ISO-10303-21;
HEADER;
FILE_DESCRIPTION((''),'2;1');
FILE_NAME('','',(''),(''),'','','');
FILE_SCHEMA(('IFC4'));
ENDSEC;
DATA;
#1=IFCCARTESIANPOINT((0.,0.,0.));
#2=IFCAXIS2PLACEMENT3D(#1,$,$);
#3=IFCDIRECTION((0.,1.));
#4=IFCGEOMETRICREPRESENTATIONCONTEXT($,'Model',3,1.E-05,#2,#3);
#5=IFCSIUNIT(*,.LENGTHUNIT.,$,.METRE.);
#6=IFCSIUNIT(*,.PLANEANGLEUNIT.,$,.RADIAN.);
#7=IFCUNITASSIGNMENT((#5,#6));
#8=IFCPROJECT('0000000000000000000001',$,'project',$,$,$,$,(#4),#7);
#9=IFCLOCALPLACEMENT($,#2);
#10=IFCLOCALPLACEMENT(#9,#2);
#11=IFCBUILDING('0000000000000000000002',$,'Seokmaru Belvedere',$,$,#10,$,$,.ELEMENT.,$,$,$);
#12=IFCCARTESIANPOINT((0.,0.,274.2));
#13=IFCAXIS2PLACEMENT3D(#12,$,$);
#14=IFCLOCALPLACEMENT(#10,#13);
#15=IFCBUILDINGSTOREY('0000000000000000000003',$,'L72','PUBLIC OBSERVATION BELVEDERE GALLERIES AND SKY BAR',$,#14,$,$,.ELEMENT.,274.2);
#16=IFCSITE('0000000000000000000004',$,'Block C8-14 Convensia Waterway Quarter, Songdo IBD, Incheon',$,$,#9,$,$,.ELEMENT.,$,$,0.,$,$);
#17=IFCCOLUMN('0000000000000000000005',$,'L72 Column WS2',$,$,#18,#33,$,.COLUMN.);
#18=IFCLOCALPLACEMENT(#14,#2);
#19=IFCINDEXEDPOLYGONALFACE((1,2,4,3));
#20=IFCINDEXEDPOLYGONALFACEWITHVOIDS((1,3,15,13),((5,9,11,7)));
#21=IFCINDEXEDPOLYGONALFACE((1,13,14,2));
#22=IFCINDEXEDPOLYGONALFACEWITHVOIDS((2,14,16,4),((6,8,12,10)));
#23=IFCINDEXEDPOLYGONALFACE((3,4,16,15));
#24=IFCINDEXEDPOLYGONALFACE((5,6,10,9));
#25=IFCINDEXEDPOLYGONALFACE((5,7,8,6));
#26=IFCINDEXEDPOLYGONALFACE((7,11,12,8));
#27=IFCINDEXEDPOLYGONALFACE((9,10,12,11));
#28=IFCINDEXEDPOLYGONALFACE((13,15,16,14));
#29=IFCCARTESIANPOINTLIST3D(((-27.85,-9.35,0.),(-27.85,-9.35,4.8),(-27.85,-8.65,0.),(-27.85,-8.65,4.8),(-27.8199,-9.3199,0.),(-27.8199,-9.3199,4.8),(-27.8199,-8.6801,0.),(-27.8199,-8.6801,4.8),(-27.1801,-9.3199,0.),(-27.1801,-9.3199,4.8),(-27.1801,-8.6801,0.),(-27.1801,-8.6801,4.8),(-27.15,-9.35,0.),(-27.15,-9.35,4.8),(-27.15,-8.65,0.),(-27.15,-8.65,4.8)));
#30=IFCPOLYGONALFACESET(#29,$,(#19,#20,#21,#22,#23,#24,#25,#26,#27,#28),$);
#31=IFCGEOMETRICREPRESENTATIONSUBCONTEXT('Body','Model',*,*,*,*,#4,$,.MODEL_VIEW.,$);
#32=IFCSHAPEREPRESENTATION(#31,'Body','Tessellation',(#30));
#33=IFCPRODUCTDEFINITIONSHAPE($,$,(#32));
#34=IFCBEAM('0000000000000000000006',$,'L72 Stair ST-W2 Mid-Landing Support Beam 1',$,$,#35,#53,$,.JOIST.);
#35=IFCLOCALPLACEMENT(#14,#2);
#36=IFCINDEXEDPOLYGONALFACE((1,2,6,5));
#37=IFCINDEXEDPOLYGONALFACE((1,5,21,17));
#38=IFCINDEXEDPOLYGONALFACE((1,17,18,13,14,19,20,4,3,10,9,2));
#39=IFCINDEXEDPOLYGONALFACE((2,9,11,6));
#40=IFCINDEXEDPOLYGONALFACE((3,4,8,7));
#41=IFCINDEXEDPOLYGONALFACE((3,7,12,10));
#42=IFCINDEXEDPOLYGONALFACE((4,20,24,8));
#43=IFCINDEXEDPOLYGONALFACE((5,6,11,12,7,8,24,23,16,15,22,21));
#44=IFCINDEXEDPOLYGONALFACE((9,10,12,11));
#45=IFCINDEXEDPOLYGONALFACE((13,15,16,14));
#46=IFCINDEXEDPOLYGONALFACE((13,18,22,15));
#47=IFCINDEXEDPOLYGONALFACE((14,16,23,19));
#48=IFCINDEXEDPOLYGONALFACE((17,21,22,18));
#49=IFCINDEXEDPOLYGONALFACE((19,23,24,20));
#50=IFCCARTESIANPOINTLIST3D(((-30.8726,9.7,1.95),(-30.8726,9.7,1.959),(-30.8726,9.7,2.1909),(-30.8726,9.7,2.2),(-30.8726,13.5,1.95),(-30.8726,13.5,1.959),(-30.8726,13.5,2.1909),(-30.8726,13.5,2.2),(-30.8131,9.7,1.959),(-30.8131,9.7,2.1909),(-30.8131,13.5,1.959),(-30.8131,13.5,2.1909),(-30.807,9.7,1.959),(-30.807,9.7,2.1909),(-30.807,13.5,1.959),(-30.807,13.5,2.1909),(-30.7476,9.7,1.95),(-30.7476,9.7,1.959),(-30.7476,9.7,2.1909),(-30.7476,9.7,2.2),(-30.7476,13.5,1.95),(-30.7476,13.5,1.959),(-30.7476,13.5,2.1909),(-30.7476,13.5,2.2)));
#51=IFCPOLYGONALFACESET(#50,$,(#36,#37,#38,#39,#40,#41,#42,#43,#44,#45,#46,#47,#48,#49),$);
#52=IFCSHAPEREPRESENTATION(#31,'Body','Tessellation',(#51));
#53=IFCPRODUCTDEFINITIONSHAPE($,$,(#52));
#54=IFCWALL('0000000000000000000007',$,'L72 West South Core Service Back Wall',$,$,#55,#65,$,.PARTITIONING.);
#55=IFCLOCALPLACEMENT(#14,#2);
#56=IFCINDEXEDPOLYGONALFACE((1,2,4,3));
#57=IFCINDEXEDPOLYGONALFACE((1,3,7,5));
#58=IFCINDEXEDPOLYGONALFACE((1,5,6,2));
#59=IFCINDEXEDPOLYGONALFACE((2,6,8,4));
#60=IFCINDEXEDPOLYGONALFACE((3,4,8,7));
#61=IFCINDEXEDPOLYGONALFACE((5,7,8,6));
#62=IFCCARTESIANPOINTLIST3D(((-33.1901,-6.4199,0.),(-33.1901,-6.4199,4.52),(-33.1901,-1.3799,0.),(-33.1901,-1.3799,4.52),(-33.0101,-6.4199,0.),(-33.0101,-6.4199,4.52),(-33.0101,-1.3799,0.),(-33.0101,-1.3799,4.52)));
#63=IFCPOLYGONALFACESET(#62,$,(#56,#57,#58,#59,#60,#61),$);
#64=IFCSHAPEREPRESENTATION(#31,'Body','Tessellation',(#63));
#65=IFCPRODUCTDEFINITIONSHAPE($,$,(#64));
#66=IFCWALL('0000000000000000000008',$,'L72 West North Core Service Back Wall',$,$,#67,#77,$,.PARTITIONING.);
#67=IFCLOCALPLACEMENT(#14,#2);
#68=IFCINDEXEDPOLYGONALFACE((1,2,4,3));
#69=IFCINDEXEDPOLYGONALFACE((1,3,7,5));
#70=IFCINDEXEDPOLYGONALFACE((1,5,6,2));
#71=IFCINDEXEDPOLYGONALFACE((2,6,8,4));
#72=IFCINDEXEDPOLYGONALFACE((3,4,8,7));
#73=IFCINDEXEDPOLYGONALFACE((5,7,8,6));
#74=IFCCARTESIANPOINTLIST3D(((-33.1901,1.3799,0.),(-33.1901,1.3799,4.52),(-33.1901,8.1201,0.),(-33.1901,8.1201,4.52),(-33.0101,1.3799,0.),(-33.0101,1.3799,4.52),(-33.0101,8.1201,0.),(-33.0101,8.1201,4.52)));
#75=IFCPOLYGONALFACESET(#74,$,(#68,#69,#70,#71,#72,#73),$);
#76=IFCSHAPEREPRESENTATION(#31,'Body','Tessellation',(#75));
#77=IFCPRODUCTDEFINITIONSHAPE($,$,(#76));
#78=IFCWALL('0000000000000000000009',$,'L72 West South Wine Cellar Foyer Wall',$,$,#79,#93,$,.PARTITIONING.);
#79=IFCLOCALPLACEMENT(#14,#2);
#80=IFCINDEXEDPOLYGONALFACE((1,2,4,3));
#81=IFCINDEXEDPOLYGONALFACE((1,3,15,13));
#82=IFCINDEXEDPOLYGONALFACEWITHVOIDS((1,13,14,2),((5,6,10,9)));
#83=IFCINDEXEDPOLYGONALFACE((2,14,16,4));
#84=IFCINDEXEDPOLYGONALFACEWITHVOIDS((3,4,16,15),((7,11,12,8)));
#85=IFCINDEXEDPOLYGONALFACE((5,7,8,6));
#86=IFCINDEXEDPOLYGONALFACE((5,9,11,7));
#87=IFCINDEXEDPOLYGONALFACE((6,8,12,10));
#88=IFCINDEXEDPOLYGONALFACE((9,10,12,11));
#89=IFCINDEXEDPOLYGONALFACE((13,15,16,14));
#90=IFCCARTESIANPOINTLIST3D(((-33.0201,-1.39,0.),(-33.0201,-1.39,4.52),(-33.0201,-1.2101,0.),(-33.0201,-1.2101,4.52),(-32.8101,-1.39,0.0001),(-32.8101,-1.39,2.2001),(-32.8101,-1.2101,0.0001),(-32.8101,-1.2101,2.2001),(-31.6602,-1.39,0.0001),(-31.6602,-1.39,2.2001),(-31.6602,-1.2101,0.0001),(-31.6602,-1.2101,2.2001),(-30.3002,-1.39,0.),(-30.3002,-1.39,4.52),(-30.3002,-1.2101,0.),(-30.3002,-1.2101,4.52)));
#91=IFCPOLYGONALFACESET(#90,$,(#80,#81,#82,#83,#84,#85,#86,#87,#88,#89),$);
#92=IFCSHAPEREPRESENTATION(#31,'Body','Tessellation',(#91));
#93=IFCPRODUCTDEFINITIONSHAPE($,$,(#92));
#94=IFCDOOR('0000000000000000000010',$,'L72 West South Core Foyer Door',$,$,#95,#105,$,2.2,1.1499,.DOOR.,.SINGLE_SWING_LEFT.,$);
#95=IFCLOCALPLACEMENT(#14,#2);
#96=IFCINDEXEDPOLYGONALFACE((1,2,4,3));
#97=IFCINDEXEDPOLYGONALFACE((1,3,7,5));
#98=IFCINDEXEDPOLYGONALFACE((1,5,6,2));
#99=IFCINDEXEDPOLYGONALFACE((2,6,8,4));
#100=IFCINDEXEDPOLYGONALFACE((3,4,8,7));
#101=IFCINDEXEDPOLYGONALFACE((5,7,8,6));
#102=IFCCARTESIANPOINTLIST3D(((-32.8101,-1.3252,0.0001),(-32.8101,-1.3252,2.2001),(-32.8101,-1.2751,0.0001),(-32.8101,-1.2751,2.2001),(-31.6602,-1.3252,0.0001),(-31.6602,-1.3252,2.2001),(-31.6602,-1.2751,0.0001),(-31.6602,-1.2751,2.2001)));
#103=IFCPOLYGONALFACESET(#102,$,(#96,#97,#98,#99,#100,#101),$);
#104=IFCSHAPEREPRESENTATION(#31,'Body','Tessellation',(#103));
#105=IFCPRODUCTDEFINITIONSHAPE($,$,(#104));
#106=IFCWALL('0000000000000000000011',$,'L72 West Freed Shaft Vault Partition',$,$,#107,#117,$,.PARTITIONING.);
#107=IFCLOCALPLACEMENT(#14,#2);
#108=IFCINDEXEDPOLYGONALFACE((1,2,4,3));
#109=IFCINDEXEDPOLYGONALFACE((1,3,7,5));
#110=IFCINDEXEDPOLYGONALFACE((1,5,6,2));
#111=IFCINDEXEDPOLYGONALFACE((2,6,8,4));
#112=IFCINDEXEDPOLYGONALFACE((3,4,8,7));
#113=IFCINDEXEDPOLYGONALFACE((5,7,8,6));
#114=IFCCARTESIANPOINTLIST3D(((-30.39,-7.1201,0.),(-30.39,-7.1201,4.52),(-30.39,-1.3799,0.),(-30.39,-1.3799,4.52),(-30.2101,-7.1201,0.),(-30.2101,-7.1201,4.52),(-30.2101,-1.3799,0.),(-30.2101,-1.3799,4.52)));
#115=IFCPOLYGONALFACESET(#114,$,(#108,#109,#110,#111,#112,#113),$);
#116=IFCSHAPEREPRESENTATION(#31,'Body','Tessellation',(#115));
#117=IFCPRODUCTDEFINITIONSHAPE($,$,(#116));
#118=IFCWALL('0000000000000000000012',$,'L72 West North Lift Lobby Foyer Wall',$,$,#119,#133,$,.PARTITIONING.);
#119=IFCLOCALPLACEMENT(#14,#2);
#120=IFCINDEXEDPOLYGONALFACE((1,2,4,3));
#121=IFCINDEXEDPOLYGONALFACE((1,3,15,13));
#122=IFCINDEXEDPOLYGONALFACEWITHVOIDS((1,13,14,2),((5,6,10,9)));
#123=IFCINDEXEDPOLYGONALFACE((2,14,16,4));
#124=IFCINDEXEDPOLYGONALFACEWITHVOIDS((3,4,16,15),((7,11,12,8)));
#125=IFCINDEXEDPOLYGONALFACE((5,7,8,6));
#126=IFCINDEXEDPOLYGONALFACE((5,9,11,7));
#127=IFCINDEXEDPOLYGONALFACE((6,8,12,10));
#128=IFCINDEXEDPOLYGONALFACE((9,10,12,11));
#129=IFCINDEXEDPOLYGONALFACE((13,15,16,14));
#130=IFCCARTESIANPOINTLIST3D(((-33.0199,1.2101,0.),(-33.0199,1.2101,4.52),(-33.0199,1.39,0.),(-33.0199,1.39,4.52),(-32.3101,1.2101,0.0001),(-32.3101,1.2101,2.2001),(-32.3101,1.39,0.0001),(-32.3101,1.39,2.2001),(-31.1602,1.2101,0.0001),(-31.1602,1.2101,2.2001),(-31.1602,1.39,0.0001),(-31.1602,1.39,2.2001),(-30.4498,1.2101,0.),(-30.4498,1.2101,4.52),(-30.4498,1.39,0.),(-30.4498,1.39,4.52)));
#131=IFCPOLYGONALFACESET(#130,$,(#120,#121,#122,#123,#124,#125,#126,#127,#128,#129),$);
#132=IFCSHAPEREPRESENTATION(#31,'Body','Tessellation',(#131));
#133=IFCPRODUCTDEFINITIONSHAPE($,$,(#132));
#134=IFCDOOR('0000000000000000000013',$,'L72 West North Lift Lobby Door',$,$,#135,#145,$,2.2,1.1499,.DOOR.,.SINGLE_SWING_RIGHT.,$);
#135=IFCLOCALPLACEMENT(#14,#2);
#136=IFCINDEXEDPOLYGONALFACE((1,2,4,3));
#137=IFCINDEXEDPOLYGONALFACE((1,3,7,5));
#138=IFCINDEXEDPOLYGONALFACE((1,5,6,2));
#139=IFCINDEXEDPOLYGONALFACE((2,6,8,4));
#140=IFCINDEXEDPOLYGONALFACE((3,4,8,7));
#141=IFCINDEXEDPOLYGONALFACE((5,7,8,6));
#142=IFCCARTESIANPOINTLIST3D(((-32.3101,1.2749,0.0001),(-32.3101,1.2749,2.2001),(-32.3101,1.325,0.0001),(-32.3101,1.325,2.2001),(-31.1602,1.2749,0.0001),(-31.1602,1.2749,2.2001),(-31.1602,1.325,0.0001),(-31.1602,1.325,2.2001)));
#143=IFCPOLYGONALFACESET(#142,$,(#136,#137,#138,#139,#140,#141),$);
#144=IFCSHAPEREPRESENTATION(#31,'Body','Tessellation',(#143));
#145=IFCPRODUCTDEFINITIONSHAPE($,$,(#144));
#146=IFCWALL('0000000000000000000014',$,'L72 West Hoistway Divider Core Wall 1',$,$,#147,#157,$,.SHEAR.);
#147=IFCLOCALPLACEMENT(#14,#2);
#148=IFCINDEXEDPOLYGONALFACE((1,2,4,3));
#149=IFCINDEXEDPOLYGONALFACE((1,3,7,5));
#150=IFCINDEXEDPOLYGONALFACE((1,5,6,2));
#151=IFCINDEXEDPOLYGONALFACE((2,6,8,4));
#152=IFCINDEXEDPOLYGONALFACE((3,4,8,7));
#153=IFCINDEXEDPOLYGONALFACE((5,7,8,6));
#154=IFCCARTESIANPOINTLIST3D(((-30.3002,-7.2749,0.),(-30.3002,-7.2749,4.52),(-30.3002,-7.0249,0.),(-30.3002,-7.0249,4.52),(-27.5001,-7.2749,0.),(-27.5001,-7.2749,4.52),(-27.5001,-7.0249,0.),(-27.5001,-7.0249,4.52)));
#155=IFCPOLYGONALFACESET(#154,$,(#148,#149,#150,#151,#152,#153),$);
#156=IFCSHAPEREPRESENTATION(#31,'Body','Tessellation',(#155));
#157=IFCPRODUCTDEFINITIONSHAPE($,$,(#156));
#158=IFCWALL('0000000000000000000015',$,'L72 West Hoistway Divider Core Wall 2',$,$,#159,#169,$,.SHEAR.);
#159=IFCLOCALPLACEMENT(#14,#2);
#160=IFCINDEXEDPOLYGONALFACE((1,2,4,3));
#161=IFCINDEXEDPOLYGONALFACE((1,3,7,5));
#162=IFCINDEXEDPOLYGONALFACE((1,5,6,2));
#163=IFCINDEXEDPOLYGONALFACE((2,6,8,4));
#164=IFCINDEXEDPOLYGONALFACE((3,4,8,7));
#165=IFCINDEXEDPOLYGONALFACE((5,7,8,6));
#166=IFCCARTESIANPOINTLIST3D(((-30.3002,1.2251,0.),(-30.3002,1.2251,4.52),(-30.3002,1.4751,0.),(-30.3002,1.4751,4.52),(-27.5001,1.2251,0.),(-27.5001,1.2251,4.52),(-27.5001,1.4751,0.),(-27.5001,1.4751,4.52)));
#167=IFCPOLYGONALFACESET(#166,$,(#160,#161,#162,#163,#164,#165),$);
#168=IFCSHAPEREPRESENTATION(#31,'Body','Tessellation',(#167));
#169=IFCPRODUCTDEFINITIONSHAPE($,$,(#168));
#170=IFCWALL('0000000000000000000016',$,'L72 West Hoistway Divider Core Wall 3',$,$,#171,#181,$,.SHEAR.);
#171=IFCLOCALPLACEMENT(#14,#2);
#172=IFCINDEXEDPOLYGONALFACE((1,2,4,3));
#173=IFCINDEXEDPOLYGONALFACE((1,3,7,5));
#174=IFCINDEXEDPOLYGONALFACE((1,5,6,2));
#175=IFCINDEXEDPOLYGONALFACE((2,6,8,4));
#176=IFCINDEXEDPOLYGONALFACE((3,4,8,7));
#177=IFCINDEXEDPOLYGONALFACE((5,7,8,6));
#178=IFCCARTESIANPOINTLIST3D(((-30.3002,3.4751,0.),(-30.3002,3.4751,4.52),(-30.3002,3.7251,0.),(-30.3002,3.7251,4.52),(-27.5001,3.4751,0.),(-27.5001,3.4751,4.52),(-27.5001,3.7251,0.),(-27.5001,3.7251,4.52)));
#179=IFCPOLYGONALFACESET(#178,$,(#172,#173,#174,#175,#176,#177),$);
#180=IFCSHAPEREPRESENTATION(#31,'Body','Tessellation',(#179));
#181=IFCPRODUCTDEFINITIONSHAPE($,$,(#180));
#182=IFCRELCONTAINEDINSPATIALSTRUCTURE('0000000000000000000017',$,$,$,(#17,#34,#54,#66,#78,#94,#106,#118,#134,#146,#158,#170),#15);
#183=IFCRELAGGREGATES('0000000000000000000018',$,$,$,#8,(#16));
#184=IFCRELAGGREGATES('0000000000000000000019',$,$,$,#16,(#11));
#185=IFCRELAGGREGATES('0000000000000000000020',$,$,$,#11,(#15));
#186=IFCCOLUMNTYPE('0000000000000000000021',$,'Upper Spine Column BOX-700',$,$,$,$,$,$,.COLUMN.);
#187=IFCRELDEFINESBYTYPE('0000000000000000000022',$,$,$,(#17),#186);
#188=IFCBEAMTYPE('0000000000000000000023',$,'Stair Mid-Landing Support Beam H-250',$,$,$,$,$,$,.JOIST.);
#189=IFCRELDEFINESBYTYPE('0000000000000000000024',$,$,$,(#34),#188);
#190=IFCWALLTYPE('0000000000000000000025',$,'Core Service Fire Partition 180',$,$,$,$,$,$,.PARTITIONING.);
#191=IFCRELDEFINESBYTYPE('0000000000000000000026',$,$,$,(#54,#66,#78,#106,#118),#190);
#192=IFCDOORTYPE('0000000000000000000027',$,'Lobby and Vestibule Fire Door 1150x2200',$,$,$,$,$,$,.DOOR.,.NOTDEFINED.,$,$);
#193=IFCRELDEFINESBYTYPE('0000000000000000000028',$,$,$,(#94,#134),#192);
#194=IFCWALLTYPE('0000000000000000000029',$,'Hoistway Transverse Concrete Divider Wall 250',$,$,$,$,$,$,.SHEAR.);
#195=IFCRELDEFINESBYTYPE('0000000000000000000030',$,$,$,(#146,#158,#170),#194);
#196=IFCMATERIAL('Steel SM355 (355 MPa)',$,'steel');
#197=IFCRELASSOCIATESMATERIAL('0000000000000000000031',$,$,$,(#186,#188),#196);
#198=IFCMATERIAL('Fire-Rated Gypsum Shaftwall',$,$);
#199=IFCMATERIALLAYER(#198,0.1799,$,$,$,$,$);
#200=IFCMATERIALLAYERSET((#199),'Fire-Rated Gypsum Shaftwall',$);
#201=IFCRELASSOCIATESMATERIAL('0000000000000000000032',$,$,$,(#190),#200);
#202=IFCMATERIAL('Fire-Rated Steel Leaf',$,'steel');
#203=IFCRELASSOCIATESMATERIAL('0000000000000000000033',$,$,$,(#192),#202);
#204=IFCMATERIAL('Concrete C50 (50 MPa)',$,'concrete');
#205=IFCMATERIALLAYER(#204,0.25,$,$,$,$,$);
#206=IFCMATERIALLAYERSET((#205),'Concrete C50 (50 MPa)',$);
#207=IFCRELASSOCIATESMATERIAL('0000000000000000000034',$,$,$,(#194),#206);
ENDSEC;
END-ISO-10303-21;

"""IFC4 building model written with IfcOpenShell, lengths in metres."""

from ifc_helpers import new_model, si_unit, direction, frame, frame_2d, origin, origin_2d, place, context, subcontext, project, spatial, rectangle, hollow_rectangle, i_section, extrude, source, transform, mapped, material, layer, layer_set, material_profile, profile_set, type_object, type_shapes, element, fill, save


model = new_model("IFC4")

# Units and contexts
model_context = context("Model", 3, precision=1e-05, world=origin(), true_north=direction((0.0, 1.0)))
body_context = subcontext(model_context, "Body", "Model", "MODEL_VIEW")
ifc_project = project(units=[si_unit("LENGTHUNIT", "METRE"), si_unit("PLANEANGLEUNIT", "RADIAN")], contexts=[model_context])

# Site, building, storey
site_placement = place(None, origin())
site = spatial("IfcSite", under=ifc_project, at=site_placement, Name="Block C8-14 Convensia Waterway Quarter, Songdo IBD, Incheon", CompositionType="ELEMENT", RefElevation=0.0)
building_placement = place(site_placement, origin())
building = spatial("IfcBuilding", under=site, at=building_placement, Name="Seokmaru Belvedere", CompositionType="ELEMENT")
storey_placement = place(building_placement, frame((0.0, 0.0, 274.2)))
storey = spatial("IfcBuildingStorey", under=building, at=storey_placement, Name="L72", Description="PUBLIC OBSERVATION BELVEDERE GALLERIES AND SKY BAR", CompositionType="ELEMENT", Elevation=274.2)

# Column
ifc_material_1 = material(Name="Steel SM355 (355 MPa)", Category="steel")
ifc_material_profile_1 = material_profile(ifc_material_1, hollow_rectangle(XDim=0.7, YDim=0.7, WallThickness=0.03, at=origin_2d()), Name="BOX-700x700x30")
ifc_profile_set_1 = profile_set([ifc_material_profile_1], Name="Steel SM355 (355 MPa)")
column_type = type_object("IfcColumnType", Name="Upper Spine Column BOX-700", PredefinedType="COLUMN", material=ifc_profile_set_1)
shared_shape_1 = source(origin(), body_context, "Body", "SweptSolid", [
    extrude(hollow_rectangle(XDim=0.7, YDim=0.7, WallThickness=0.03, at=origin_2d()), origin(), (0.0, 0.0, 1.0), 4.8),
])
type_shapes(column_type, [shared_shape_1])
column_placement = place(storey_placement, frame((-27.5, -9.0, 0.0), z_axis=(0.0, 0.0, 1.0), x_axis=(1.0, 0.0, 0.0)))
element("IfcColumn", 1, at=column_placement, inside=storey, type_object=column_type, Name="L72 Column WS2", PredefinedType="COLUMN", context=body_context, shape_type="MappedRepresentation", body=[
    mapped(shared_shape_1, transform((0.0, 0.0, 0.0), scale=1.0)),
])

# Beam
ifc_material_profile_2 = material_profile(ifc_material_1, i_section(OverallWidth=0.125, OverallDepth=0.25, WebThickness=0.0061, FlangeThickness=0.009, at=origin_2d()), Name="H-250x125x6x9")
ifc_profile_set_2 = profile_set([ifc_material_profile_2], Name="Steel SM355 (355 MPa)")
beam_type = type_object("IfcBeamType", Name="Stair Mid-Landing Support Beam H-250", PredefinedType="JOIST", material=ifc_profile_set_2)
shared_shape_2 = source(origin(), body_context, "Body", "SweptSolid", [
    extrude(i_section(OverallWidth=0.125, OverallDepth=0.25, WebThickness=0.0061, FlangeThickness=0.009, at=origin_2d()), origin(), (0.0, 0.0, 1.0), 3.8),
])
type_shapes(beam_type, [shared_shape_2])
beam_placement = place(storey_placement, frame((-30.8101, 9.7, 2.075), z_axis=(0.0, 1.0, 0.0), x_axis=(-1.0, 0.0, 0.0)))
element("IfcBeam", 2, at=beam_placement, inside=storey, type_object=beam_type, Name="L72 Stair ST-W2 Mid-Landing Support Beam 1", PredefinedType="JOIST", context=body_context, shape_type="MappedRepresentation", body=[
    mapped(shared_shape_2, transform((0.0, 0.0, 0.0), scale=1.0)),
])

# Walls
ifc_material_2 = material(Name="Fire-Rated Gypsum Shaftwall")
ifc_layer_1 = layer(ifc_material_2, 0.1799)
ifc_layer_set_1 = layer_set([ifc_layer_1], Name="Fire-Rated Gypsum Shaftwall")
wall_type_1 = type_object("IfcWallType", Name="Core Service Fire Partition 180", PredefinedType="PARTITIONING", material=ifc_layer_set_1)
wall_1_placement = place(storey_placement, frame((-33.1001, -6.4199, 0.0), z_axis=(0.0, 0.0, 1.0), x_axis=(0.0, 1.0, 0.0)))
element("IfcWall", 3, at=wall_1_placement, inside=storey, type_object=wall_type_1, Name="L72 West South Core Service Back Wall", PredefinedType="PARTITIONING", context=body_context, shape_type="SweptSolid", body=[
    extrude(rectangle(XDim=5.04, YDim=0.1799, at=frame_2d((2.52, 0.0))), origin(), (0.0, 0.0, 1.0), 4.52),
])
wall_2_placement = place(storey_placement, frame((-33.1001, 1.3799, 0.0), z_axis=(0.0, 0.0, 1.0), x_axis=(0.0, 1.0, 0.0)))
element("IfcWall", 4, at=wall_2_placement, inside=storey, type_object=wall_type_1, Name="L72 West North Core Service Back Wall", PredefinedType="PARTITIONING", context=body_context, shape_type="SweptSolid", body=[
    extrude(rectangle(XDim=6.7402, YDim=0.1799, at=frame_2d((3.3701, 0.0))), origin(), (0.0, 0.0, 1.0), 4.52),
])

# Wall, opening, door
ifc_material_3 = material(Name="Fire-Rated Steel Leaf", Category="steel")
wall_3_placement = place(storey_placement, frame((-33.02, -1.3, 0.0), z_axis=(0.0, 0.0, 1.0), x_axis=(1.0, 0.0, 0.0)))
wall_3 = element("IfcWall", 5, at=wall_3_placement, inside=storey, type_object=wall_type_1, Name="L72 West South Wine Cellar Foyer Wall", PredefinedType="PARTITIONING", context=body_context, shape_type="SweptSolid", body=[
    extrude(rectangle(XDim=2.72, YDim=0.1799, at=frame_2d((1.3599, 0.0))), origin(), (0.0, 0.0, 1.0), 4.52),
])
opening_1_placement = place(wall_3_placement, frame((0.21, 0.0, 0.0)))
opening_1 = element("IfcOpeningElement", 6, at=opening_1_placement, cuts=wall_3, PredefinedType="OPENING", context=body_context, shape_type="SweptSolid", body=[
    extrude(rectangle(XDim=1.1499, YDim=2.2, at=frame_2d((0.575, 1.1001))), frame((0.0, 0.1001, 0.0), z_axis=(0.0, -1.0, 0.0), x_axis=(1.0, 0.0, 0.0)), (0.0, 0.0, 1.0), 0.2),
])
door_type_1 = type_object("IfcDoorType", Name="Lobby and Vestibule Fire Door 1150x2200", OperationType="NOTDEFINED", PredefinedType="DOOR", material=ifc_material_3)
shared_shape_3 = source(origin(), body_context, "Body", "SweptSolid", [
    extrude(rectangle(XDim=1.1499, YDim=2.2, at=frame_2d((0.575, 1.1001))), frame((0.0, 0.0249, 0.0), z_axis=(0.0, -1.0, 0.0), x_axis=(1.0, 0.0, 0.0)), (0.0, 0.0, 1.0), 0.05),
])
type_shapes(door_type_1, [shared_shape_3])
door_1_placement = place(opening_1_placement, origin())
door_1 = element("IfcDoor", 7, at=door_1_placement, inside=storey, type_object=door_type_1, Name="L72 West South Core Foyer Door", OperationType="SINGLE_SWING_LEFT", OverallHeight=2.2, OverallWidth=1.1499, PredefinedType="DOOR", context=body_context, shape_type="MappedRepresentation", body=[
    mapped(shared_shape_3, transform((0.0, 0.0, 0.0), scale=1.0)),
])
fill(opening_1, door_1)

# Wall
wall_4_placement = place(storey_placement, frame((-30.3, -7.1201, 0.0), z_axis=(0.0, 0.0, 1.0), x_axis=(0.0, 1.0, 0.0)))
element("IfcWall", 8, at=wall_4_placement, inside=storey, type_object=wall_type_1, Name="L72 West Freed Shaft Vault Partition", PredefinedType="PARTITIONING", context=body_context, shape_type="SweptSolid", body=[
    extrude(rectangle(XDim=5.7402, YDim=0.1799, at=frame_2d((2.8701, 0.0))), origin(), (0.0, 0.0, 1.0), 4.52),
])

# Wall, opening, door
wall_5_placement = place(storey_placement, frame((-33.02, 1.3, 0.0), z_axis=(0.0, 0.0, 1.0), x_axis=(1.0, 0.0, 0.0)))
wall_5 = element("IfcWall", 9, at=wall_5_placement, inside=storey, type_object=wall_type_1, Name="L72 West North Lift Lobby Foyer Wall", PredefinedType="PARTITIONING", context=body_context, shape_type="SweptSolid", body=[
    extrude(rectangle(XDim=2.5701, YDim=0.1799, at=frame_2d((1.2852, 0.0))), origin(), (0.0, 0.0, 1.0), 4.52),
])
opening_2_placement = place(wall_5_placement, frame((0.71, 0.0, 0.0)))
opening_2 = element("IfcOpeningElement", 10, at=opening_2_placement, cuts=wall_5, PredefinedType="OPENING", context=body_context, shape_type="SweptSolid", body=[
    extrude(rectangle(XDim=1.1499, YDim=2.2, at=frame_2d((0.575, 1.1001))), frame((0.0, 0.1001, 0.0), z_axis=(0.0, -1.0, 0.0), x_axis=(1.0, 0.0, 0.0)), (0.0, 0.0, 1.0), 0.2),
])
door_2_placement = place(opening_2_placement, origin())
door_2 = element("IfcDoor", 11, at=door_2_placement, inside=storey, type_object=door_type_1, Name="L72 West North Lift Lobby Door", OperationType="SINGLE_SWING_RIGHT", OverallHeight=2.2, OverallWidth=1.1499, PredefinedType="DOOR", context=body_context, shape_type="MappedRepresentation", body=[
    mapped(shared_shape_3, transform((0.0, 0.0, 0.0), scale=1.0)),
])
fill(opening_2, door_2)

# Walls
ifc_material_4 = material(Name="Concrete C50 (50 MPa)", Category="concrete")
ifc_layer_2 = layer(ifc_material_4, 0.25)
ifc_layer_set_2 = layer_set([ifc_layer_2], Name="Concrete C50 (50 MPa)")
wall_type_2 = type_object("IfcWallType", Name="Hoistway Transverse Concrete Divider Wall 250", PredefinedType="SHEAR", material=ifc_layer_set_2)
for number, where, z_axis, x_axis, name in (
    (12, (-30.3, -7.1499, 0.0), (0.0, 0.0, 1.0), (1.0, 0.0, 0.0), "L72 West Hoistway Divider Core Wall 1"),
    (13, (-30.3, 1.3501, 0.0), (0.0, 0.0, 1.0), (1.0, 0.0, 0.0), "L72 West Hoistway Divider Core Wall 2"),
    (14, (-30.3, 3.6001, 0.0), (0.0, 0.0, 1.0), (1.0, 0.0, 0.0), "L72 West Hoistway Divider Core Wall 3"),
):
    element("IfcWall", number, at=place(storey_placement, frame(where, z_axis=z_axis, x_axis=x_axis)), inside=storey, type_object=wall_type_2, Name=name, PredefinedType="SHEAR", context=body_context, shape_type="SweptSolid", body=[
        extrude(rectangle(XDim=2.8, YDim=0.25, at=frame_2d((1.3999, 0.0))), origin(), (0.0, 0.0, 1.0), 4.52),
    ])

save(model, "model.ifc")
